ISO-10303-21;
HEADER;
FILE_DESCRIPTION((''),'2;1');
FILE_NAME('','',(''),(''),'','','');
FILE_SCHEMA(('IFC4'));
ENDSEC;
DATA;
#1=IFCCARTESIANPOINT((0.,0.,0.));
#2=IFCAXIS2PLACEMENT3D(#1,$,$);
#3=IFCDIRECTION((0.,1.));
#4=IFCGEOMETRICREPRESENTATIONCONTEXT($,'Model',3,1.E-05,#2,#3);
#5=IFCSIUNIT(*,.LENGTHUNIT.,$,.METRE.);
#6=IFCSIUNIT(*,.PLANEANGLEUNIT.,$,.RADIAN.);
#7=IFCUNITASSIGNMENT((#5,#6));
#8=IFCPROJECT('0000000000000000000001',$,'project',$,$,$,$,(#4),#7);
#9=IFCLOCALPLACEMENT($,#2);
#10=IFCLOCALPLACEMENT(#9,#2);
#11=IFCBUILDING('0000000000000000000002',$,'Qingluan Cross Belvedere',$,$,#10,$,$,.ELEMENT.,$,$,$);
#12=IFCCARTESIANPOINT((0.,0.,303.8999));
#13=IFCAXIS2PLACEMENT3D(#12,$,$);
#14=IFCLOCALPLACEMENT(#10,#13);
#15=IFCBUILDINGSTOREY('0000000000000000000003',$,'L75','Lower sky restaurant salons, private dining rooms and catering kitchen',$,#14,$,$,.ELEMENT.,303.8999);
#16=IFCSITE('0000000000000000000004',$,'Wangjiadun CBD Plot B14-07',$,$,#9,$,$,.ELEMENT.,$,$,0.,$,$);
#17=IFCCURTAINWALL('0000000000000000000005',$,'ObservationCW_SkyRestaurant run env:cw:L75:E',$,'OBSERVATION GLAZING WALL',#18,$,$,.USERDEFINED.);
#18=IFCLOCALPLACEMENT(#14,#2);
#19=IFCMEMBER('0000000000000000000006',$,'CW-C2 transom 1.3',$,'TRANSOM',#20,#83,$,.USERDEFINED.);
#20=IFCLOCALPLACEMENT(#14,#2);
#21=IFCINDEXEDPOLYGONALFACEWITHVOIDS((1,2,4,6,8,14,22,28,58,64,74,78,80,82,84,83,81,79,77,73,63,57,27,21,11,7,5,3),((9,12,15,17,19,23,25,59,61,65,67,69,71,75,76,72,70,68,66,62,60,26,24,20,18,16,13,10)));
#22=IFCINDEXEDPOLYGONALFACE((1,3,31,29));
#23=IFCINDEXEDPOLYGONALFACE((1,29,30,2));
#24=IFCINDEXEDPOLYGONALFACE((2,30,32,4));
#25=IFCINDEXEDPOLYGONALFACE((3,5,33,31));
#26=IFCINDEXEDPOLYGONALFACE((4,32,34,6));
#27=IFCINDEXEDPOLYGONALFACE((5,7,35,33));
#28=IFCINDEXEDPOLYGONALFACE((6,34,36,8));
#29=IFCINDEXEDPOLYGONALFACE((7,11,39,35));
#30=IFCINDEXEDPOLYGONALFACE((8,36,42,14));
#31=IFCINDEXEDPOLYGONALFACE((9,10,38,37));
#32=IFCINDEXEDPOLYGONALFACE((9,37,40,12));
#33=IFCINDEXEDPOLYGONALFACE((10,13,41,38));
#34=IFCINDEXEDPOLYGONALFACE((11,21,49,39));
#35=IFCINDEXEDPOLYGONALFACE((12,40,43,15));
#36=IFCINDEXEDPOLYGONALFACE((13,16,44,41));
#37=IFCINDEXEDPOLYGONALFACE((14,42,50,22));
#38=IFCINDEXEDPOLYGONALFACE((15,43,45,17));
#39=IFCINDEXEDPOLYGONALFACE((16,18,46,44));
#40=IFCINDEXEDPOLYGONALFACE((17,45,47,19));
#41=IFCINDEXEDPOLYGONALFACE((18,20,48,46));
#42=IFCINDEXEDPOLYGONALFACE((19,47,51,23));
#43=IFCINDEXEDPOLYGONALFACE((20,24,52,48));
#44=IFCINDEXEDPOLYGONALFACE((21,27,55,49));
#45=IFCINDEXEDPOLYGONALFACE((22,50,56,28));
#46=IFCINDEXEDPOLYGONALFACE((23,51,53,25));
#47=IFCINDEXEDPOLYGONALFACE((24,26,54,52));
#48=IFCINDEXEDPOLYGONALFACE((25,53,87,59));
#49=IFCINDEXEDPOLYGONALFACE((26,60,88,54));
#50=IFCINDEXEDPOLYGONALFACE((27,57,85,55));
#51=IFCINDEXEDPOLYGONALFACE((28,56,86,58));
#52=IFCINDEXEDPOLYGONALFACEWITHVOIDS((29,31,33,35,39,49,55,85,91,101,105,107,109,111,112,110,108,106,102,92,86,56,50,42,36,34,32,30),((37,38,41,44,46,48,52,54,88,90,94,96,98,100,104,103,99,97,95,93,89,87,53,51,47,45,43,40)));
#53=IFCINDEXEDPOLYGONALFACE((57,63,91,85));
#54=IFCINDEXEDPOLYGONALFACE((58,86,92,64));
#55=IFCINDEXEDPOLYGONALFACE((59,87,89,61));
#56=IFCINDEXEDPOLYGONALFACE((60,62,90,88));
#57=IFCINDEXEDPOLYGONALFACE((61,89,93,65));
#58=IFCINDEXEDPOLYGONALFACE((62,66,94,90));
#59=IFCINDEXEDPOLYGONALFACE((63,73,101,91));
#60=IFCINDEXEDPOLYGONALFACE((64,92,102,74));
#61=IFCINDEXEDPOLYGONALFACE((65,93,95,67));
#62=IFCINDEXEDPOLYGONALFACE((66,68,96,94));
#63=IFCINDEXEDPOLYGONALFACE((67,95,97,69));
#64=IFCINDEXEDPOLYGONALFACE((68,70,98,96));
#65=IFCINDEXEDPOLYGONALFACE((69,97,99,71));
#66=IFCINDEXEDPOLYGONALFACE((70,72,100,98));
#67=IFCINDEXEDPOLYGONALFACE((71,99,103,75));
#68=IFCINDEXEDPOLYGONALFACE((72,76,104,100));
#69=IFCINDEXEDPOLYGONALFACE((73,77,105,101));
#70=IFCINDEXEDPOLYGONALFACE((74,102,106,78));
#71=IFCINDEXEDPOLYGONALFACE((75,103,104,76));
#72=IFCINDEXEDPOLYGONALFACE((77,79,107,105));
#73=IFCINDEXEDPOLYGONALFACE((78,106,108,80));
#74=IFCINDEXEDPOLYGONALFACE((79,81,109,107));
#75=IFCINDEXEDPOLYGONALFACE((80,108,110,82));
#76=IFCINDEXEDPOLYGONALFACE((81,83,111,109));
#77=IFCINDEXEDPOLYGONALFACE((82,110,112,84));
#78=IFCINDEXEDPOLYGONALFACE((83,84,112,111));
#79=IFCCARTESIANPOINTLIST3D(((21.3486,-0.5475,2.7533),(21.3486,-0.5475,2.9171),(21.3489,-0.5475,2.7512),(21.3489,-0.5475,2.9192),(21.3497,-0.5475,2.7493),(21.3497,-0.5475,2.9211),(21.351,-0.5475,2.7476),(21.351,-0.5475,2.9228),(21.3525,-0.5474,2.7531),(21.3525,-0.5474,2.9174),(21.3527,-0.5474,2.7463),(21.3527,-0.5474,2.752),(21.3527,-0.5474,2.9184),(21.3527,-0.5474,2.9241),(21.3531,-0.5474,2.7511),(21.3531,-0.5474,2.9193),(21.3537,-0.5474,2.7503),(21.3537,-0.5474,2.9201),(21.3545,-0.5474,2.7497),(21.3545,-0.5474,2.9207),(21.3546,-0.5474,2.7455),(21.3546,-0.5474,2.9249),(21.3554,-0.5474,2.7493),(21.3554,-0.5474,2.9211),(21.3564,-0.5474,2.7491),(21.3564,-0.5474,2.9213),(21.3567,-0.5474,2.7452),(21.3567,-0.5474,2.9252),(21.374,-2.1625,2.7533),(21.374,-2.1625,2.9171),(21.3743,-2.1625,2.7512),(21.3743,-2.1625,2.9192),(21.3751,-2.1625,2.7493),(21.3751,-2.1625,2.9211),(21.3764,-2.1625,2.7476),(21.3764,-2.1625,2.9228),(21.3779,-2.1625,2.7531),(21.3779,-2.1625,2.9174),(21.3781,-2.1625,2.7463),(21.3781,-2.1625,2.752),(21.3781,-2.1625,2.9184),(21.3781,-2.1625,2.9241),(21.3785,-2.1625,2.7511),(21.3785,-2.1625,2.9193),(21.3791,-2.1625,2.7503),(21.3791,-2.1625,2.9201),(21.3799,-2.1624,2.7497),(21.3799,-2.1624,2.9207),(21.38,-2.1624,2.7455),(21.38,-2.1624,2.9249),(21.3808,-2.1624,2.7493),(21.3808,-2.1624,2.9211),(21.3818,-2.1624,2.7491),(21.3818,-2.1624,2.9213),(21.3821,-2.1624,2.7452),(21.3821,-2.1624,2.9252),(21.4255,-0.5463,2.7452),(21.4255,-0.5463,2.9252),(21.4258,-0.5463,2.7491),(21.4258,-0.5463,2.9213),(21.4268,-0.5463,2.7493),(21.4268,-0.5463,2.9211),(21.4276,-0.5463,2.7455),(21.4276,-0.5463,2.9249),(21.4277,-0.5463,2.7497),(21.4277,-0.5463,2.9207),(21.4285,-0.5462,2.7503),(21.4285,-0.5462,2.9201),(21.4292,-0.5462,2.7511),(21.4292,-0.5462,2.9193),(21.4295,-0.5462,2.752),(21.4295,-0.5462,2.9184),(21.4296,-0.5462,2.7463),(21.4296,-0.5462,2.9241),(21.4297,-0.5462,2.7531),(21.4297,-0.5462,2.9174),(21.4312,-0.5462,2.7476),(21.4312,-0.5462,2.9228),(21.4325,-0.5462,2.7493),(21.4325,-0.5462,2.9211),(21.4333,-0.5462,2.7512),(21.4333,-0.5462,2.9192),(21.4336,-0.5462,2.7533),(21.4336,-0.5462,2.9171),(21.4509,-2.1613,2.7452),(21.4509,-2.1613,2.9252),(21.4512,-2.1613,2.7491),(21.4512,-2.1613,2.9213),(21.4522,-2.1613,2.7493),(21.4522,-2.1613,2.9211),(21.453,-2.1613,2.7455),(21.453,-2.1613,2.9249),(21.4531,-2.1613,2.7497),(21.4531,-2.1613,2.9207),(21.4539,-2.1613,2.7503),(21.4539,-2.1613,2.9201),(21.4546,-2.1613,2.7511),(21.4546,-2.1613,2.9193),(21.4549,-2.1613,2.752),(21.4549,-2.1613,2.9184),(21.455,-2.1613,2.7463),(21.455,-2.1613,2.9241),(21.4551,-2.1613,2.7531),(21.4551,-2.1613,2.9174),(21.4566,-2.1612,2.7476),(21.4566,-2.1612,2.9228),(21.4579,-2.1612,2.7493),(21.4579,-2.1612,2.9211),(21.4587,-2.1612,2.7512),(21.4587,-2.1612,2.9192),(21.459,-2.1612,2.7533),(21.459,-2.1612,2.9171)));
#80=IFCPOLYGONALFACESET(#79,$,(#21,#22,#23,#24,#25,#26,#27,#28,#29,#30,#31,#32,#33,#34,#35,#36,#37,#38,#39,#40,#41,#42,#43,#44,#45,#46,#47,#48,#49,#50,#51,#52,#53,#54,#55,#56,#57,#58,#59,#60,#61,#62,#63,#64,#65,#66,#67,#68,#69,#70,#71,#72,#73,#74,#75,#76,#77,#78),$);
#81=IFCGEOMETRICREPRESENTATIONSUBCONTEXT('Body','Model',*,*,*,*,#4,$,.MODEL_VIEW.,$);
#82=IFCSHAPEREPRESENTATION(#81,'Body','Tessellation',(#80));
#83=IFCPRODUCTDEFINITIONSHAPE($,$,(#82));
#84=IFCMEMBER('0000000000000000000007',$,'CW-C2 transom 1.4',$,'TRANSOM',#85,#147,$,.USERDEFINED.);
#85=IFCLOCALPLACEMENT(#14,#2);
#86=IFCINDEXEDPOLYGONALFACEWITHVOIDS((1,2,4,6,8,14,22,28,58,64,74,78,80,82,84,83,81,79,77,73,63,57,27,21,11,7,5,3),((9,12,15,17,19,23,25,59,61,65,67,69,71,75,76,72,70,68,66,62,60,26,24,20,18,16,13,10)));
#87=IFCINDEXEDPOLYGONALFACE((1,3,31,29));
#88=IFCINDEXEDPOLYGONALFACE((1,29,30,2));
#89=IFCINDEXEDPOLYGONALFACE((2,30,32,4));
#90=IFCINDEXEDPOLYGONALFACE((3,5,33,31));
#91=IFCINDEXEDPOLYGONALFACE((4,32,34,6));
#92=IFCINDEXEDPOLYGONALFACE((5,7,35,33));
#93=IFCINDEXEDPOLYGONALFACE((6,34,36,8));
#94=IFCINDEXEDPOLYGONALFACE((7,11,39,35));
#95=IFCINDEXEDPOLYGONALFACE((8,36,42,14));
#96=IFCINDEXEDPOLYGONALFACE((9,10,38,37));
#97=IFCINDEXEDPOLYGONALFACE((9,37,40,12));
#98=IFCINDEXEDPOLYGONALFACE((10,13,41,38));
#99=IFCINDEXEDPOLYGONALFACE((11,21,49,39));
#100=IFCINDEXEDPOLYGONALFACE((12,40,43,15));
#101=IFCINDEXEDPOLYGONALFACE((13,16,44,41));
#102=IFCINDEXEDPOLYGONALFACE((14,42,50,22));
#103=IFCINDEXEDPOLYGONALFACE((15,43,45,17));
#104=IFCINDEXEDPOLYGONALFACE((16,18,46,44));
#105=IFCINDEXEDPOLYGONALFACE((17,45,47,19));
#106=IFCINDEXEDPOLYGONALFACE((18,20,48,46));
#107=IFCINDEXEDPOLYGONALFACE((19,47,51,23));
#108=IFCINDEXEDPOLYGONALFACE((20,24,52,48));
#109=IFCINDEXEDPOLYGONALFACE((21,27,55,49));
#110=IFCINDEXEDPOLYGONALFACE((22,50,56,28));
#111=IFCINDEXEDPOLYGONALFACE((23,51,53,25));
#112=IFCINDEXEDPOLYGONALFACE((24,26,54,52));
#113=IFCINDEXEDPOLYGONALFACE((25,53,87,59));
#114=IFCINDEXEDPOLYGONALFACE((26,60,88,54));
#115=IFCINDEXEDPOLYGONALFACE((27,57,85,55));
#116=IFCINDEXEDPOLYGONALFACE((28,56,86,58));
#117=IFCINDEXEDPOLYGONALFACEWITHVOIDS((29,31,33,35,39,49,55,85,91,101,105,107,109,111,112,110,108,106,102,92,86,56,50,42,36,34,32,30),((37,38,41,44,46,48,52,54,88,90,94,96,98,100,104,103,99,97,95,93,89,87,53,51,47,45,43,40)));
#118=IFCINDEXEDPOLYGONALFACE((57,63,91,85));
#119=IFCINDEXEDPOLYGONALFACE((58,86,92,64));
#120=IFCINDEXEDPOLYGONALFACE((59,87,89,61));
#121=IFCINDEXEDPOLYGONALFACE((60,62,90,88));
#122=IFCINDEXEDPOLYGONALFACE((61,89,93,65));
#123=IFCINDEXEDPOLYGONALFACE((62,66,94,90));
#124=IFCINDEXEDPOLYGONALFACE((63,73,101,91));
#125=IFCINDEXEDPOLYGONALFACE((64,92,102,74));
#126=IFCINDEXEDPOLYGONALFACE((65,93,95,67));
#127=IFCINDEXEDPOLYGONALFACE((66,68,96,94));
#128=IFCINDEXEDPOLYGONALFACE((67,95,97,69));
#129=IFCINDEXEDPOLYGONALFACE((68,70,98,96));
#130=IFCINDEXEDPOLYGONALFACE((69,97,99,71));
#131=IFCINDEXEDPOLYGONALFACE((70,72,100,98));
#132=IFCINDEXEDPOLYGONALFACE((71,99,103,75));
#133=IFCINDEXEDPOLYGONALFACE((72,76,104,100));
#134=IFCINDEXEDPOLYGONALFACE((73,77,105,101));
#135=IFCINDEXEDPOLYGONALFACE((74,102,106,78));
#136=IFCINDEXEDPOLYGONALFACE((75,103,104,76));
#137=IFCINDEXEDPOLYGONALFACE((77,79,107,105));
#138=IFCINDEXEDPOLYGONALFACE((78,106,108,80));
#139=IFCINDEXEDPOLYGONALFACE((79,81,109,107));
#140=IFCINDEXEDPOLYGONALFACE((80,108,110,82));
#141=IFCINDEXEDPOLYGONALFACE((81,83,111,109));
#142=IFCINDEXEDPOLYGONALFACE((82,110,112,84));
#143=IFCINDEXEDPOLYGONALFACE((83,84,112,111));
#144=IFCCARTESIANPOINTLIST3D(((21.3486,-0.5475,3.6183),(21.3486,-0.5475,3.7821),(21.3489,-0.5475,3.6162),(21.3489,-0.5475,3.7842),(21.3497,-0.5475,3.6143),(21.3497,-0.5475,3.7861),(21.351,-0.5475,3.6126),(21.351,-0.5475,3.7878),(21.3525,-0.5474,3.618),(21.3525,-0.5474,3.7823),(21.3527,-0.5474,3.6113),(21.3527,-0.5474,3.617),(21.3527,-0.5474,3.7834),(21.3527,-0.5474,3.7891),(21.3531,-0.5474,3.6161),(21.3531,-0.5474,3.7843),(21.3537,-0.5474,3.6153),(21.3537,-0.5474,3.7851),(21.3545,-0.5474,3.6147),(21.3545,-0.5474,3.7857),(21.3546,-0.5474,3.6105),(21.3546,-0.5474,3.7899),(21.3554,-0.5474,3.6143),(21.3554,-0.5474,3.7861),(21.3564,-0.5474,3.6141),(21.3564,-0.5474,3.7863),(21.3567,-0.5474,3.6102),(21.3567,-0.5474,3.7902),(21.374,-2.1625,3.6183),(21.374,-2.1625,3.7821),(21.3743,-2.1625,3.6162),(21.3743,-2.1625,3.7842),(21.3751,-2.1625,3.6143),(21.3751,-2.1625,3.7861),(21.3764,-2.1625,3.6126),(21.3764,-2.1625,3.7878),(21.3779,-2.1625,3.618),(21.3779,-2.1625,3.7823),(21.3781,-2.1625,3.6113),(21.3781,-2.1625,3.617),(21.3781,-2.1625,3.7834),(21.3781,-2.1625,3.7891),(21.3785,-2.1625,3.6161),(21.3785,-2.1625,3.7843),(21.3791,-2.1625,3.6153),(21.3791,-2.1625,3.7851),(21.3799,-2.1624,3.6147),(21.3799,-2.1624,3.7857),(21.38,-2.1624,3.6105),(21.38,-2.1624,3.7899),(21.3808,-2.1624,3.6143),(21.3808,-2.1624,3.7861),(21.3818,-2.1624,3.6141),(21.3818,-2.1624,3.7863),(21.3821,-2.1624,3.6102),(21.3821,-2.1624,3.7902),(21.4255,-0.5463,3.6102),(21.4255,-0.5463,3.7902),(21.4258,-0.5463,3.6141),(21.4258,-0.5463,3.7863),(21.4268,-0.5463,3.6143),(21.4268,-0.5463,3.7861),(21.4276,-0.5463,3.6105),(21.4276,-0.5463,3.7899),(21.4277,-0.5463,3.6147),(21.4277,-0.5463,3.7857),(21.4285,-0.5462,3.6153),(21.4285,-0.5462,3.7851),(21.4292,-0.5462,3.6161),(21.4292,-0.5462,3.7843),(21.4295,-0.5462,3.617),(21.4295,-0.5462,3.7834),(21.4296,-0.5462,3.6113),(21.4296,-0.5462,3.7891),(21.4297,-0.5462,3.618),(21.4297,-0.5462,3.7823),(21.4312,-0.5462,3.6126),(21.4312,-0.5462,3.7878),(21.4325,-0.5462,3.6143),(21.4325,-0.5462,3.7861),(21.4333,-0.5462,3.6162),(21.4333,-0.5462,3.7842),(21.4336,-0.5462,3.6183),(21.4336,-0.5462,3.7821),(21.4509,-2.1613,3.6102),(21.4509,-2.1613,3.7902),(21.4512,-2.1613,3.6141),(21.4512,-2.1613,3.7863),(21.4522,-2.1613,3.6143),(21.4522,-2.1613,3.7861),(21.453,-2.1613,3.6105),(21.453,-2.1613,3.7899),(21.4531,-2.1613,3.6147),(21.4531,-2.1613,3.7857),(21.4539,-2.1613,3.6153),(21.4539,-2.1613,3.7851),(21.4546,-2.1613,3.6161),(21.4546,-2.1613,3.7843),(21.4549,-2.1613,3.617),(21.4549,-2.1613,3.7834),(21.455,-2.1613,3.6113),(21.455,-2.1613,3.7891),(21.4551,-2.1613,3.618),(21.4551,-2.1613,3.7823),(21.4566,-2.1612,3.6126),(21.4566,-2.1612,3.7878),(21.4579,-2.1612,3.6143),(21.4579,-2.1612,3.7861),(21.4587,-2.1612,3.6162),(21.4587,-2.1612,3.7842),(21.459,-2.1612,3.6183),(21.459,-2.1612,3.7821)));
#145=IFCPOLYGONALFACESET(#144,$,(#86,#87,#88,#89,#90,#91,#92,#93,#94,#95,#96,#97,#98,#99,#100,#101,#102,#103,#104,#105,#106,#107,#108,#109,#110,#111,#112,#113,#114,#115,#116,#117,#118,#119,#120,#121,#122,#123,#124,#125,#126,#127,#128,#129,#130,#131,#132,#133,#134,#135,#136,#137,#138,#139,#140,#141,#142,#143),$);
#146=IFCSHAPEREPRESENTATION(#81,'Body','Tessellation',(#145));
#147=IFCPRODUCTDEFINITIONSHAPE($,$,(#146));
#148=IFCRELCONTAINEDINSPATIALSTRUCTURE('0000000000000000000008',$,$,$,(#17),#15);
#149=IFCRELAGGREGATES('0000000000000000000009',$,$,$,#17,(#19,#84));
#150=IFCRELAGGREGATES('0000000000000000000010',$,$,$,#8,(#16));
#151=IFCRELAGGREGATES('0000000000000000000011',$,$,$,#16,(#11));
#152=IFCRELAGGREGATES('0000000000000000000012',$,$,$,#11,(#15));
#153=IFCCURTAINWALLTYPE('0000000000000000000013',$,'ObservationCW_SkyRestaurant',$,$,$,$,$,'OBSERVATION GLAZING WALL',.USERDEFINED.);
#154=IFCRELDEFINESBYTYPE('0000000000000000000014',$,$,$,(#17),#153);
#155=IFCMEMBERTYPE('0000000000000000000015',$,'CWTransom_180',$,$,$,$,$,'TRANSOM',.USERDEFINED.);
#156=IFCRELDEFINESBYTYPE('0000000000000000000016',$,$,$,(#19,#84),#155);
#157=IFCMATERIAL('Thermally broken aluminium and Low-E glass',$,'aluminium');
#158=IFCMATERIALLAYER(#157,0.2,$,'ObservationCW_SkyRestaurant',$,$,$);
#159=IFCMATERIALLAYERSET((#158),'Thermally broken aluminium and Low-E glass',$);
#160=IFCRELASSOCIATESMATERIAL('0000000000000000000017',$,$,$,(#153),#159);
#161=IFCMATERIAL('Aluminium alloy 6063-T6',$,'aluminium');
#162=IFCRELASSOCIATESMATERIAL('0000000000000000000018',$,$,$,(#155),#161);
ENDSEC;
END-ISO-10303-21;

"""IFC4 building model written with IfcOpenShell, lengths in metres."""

from ifc_helpers import new_model, si_unit, direction, frame, origin, origin_2d, place, context, subcontext, project, spatial, hollow_rectangle, extrude, material, layer, layer_set, material_profile, profile_set, type_object, element, aggregate, save


model = new_model("IFC4")

# Units and contexts
model_context = context("Model", 3, precision=1e-05, world=origin(), true_north=direction((0.0, 1.0)))
body_context = subcontext(model_context, "Body", "Model", "MODEL_VIEW")
ifc_project = project(units=[si_unit("LENGTHUNIT", "METRE"), si_unit("PLANEANGLEUNIT", "RADIAN")], contexts=[model_context])

# Site, building, storey
site_placement = place(None, origin())
site = spatial("IfcSite", under=ifc_project, at=site_placement, Name="Wangjiadun CBD Plot B14-07", CompositionType="ELEMENT", RefElevation=0.0)
building_placement = place(site_placement, origin())
building = spatial("IfcBuilding", under=site, at=building_placement, Name="Qingluan Cross Belvedere", CompositionType="ELEMENT")
storey_placement = place(building_placement, frame((0.0, 0.0, 303.8999)))
storey = spatial("IfcBuildingStorey", under=building, at=storey_placement, Name="L75", Description="Lower sky restaurant salons, private dining rooms and catering kitchen", CompositionType="ELEMENT", Elevation=303.8999)

# Curtain wall, members
ifc_material_1 = material(Name="Thermally broken aluminium and Low-E glass", Category="aluminium")
ifc_layer_1 = layer(ifc_material_1, 0.2, Name="ObservationCW_SkyRestaurant")
ifc_layer_set_1 = layer_set([ifc_layer_1], Name="Thermally broken aluminium and Low-E glass")
curtain_wall_type = type_object("IfcCurtainWallType", Name="ObservationCW_SkyRestaurant", ElementType="OBSERVATION GLAZING WALL", PredefinedType="USERDEFINED", material=ifc_layer_set_1)
curtain_wall_placement = place(storey_placement, origin())
curtain_wall = element("IfcCurtainWall", 1, at=curtain_wall_placement, inside=storey, type_object=curtain_wall_type, Name="ObservationCW_SkyRestaurant run env:cw:L75:E", ObjectType="OBSERVATION GLAZING WALL", PredefinedType="USERDEFINED")
ifc_material_2 = material(Name="Aluminium alloy 6063-T6", Category="aluminium")
ifc_material_profile_1 = material_profile(ifc_material_2, hollow_rectangle(XDim=0.085, YDim=0.1799, WallThickness=0.0039, InnerFilletRadius=0.0039, OuterFilletRadius=0.0081, at=origin_2d()), Name="CWT180x85x4")
ifc_profile_set_1 = profile_set([ifc_material_profile_1], Name="Aluminium alloy 6063-T6")
member_type_1 = type_object("IfcMemberType", Name="CWTransom_180", ElementType="TRANSOM", PredefinedType="USERDEFINED", material=ifc_profile_set_1)
member_1_placement = place(storey_placement, frame((21.4165, -2.1619, 2.8352), z_axis=(-0.01572, 0.999876, 0.0), x_axis=(-0.999876, -0.01572, 0.0)))
member_1 = element("IfcMember", 2, at=member_1_placement, type_object=member_type_1, Name="CW-C2 transom 1.3", ObjectType="TRANSOM", PredefinedType="USERDEFINED", context=body_context, shape_type="SweptSolid", body=[
    extrude(hollow_rectangle(XDim=0.085, YDim=0.1799, WallThickness=0.0039, InnerFilletRadius=0.0039, OuterFilletRadius=0.0081, at=origin_2d()), origin(), (0.0, 0.0, 1.0), 1.6152),
])
member_2_placement = place(storey_placement, frame((21.4165, -2.1619, 3.7002), z_axis=(-0.01572, 0.999876, 0.0), x_axis=(-0.999876, -0.01572, 0.0)))
member_2 = element("IfcMember", 3, at=member_2_placement, type_object=member_type_1, Name="CW-C2 transom 1.4", ObjectType="TRANSOM", PredefinedType="USERDEFINED", context=body_context, shape_type="SweptSolid", body=[
    extrude(hollow_rectangle(XDim=0.085, YDim=0.1799, WallThickness=0.0039, InnerFilletRadius=0.0039, OuterFilletRadius=0.0081, at=origin_2d()), origin(), (0.0, 0.0, 1.0), 1.6152),
])

aggregate(curtain_wall, [member_1, member_2])

save(model, "model.ifc")
